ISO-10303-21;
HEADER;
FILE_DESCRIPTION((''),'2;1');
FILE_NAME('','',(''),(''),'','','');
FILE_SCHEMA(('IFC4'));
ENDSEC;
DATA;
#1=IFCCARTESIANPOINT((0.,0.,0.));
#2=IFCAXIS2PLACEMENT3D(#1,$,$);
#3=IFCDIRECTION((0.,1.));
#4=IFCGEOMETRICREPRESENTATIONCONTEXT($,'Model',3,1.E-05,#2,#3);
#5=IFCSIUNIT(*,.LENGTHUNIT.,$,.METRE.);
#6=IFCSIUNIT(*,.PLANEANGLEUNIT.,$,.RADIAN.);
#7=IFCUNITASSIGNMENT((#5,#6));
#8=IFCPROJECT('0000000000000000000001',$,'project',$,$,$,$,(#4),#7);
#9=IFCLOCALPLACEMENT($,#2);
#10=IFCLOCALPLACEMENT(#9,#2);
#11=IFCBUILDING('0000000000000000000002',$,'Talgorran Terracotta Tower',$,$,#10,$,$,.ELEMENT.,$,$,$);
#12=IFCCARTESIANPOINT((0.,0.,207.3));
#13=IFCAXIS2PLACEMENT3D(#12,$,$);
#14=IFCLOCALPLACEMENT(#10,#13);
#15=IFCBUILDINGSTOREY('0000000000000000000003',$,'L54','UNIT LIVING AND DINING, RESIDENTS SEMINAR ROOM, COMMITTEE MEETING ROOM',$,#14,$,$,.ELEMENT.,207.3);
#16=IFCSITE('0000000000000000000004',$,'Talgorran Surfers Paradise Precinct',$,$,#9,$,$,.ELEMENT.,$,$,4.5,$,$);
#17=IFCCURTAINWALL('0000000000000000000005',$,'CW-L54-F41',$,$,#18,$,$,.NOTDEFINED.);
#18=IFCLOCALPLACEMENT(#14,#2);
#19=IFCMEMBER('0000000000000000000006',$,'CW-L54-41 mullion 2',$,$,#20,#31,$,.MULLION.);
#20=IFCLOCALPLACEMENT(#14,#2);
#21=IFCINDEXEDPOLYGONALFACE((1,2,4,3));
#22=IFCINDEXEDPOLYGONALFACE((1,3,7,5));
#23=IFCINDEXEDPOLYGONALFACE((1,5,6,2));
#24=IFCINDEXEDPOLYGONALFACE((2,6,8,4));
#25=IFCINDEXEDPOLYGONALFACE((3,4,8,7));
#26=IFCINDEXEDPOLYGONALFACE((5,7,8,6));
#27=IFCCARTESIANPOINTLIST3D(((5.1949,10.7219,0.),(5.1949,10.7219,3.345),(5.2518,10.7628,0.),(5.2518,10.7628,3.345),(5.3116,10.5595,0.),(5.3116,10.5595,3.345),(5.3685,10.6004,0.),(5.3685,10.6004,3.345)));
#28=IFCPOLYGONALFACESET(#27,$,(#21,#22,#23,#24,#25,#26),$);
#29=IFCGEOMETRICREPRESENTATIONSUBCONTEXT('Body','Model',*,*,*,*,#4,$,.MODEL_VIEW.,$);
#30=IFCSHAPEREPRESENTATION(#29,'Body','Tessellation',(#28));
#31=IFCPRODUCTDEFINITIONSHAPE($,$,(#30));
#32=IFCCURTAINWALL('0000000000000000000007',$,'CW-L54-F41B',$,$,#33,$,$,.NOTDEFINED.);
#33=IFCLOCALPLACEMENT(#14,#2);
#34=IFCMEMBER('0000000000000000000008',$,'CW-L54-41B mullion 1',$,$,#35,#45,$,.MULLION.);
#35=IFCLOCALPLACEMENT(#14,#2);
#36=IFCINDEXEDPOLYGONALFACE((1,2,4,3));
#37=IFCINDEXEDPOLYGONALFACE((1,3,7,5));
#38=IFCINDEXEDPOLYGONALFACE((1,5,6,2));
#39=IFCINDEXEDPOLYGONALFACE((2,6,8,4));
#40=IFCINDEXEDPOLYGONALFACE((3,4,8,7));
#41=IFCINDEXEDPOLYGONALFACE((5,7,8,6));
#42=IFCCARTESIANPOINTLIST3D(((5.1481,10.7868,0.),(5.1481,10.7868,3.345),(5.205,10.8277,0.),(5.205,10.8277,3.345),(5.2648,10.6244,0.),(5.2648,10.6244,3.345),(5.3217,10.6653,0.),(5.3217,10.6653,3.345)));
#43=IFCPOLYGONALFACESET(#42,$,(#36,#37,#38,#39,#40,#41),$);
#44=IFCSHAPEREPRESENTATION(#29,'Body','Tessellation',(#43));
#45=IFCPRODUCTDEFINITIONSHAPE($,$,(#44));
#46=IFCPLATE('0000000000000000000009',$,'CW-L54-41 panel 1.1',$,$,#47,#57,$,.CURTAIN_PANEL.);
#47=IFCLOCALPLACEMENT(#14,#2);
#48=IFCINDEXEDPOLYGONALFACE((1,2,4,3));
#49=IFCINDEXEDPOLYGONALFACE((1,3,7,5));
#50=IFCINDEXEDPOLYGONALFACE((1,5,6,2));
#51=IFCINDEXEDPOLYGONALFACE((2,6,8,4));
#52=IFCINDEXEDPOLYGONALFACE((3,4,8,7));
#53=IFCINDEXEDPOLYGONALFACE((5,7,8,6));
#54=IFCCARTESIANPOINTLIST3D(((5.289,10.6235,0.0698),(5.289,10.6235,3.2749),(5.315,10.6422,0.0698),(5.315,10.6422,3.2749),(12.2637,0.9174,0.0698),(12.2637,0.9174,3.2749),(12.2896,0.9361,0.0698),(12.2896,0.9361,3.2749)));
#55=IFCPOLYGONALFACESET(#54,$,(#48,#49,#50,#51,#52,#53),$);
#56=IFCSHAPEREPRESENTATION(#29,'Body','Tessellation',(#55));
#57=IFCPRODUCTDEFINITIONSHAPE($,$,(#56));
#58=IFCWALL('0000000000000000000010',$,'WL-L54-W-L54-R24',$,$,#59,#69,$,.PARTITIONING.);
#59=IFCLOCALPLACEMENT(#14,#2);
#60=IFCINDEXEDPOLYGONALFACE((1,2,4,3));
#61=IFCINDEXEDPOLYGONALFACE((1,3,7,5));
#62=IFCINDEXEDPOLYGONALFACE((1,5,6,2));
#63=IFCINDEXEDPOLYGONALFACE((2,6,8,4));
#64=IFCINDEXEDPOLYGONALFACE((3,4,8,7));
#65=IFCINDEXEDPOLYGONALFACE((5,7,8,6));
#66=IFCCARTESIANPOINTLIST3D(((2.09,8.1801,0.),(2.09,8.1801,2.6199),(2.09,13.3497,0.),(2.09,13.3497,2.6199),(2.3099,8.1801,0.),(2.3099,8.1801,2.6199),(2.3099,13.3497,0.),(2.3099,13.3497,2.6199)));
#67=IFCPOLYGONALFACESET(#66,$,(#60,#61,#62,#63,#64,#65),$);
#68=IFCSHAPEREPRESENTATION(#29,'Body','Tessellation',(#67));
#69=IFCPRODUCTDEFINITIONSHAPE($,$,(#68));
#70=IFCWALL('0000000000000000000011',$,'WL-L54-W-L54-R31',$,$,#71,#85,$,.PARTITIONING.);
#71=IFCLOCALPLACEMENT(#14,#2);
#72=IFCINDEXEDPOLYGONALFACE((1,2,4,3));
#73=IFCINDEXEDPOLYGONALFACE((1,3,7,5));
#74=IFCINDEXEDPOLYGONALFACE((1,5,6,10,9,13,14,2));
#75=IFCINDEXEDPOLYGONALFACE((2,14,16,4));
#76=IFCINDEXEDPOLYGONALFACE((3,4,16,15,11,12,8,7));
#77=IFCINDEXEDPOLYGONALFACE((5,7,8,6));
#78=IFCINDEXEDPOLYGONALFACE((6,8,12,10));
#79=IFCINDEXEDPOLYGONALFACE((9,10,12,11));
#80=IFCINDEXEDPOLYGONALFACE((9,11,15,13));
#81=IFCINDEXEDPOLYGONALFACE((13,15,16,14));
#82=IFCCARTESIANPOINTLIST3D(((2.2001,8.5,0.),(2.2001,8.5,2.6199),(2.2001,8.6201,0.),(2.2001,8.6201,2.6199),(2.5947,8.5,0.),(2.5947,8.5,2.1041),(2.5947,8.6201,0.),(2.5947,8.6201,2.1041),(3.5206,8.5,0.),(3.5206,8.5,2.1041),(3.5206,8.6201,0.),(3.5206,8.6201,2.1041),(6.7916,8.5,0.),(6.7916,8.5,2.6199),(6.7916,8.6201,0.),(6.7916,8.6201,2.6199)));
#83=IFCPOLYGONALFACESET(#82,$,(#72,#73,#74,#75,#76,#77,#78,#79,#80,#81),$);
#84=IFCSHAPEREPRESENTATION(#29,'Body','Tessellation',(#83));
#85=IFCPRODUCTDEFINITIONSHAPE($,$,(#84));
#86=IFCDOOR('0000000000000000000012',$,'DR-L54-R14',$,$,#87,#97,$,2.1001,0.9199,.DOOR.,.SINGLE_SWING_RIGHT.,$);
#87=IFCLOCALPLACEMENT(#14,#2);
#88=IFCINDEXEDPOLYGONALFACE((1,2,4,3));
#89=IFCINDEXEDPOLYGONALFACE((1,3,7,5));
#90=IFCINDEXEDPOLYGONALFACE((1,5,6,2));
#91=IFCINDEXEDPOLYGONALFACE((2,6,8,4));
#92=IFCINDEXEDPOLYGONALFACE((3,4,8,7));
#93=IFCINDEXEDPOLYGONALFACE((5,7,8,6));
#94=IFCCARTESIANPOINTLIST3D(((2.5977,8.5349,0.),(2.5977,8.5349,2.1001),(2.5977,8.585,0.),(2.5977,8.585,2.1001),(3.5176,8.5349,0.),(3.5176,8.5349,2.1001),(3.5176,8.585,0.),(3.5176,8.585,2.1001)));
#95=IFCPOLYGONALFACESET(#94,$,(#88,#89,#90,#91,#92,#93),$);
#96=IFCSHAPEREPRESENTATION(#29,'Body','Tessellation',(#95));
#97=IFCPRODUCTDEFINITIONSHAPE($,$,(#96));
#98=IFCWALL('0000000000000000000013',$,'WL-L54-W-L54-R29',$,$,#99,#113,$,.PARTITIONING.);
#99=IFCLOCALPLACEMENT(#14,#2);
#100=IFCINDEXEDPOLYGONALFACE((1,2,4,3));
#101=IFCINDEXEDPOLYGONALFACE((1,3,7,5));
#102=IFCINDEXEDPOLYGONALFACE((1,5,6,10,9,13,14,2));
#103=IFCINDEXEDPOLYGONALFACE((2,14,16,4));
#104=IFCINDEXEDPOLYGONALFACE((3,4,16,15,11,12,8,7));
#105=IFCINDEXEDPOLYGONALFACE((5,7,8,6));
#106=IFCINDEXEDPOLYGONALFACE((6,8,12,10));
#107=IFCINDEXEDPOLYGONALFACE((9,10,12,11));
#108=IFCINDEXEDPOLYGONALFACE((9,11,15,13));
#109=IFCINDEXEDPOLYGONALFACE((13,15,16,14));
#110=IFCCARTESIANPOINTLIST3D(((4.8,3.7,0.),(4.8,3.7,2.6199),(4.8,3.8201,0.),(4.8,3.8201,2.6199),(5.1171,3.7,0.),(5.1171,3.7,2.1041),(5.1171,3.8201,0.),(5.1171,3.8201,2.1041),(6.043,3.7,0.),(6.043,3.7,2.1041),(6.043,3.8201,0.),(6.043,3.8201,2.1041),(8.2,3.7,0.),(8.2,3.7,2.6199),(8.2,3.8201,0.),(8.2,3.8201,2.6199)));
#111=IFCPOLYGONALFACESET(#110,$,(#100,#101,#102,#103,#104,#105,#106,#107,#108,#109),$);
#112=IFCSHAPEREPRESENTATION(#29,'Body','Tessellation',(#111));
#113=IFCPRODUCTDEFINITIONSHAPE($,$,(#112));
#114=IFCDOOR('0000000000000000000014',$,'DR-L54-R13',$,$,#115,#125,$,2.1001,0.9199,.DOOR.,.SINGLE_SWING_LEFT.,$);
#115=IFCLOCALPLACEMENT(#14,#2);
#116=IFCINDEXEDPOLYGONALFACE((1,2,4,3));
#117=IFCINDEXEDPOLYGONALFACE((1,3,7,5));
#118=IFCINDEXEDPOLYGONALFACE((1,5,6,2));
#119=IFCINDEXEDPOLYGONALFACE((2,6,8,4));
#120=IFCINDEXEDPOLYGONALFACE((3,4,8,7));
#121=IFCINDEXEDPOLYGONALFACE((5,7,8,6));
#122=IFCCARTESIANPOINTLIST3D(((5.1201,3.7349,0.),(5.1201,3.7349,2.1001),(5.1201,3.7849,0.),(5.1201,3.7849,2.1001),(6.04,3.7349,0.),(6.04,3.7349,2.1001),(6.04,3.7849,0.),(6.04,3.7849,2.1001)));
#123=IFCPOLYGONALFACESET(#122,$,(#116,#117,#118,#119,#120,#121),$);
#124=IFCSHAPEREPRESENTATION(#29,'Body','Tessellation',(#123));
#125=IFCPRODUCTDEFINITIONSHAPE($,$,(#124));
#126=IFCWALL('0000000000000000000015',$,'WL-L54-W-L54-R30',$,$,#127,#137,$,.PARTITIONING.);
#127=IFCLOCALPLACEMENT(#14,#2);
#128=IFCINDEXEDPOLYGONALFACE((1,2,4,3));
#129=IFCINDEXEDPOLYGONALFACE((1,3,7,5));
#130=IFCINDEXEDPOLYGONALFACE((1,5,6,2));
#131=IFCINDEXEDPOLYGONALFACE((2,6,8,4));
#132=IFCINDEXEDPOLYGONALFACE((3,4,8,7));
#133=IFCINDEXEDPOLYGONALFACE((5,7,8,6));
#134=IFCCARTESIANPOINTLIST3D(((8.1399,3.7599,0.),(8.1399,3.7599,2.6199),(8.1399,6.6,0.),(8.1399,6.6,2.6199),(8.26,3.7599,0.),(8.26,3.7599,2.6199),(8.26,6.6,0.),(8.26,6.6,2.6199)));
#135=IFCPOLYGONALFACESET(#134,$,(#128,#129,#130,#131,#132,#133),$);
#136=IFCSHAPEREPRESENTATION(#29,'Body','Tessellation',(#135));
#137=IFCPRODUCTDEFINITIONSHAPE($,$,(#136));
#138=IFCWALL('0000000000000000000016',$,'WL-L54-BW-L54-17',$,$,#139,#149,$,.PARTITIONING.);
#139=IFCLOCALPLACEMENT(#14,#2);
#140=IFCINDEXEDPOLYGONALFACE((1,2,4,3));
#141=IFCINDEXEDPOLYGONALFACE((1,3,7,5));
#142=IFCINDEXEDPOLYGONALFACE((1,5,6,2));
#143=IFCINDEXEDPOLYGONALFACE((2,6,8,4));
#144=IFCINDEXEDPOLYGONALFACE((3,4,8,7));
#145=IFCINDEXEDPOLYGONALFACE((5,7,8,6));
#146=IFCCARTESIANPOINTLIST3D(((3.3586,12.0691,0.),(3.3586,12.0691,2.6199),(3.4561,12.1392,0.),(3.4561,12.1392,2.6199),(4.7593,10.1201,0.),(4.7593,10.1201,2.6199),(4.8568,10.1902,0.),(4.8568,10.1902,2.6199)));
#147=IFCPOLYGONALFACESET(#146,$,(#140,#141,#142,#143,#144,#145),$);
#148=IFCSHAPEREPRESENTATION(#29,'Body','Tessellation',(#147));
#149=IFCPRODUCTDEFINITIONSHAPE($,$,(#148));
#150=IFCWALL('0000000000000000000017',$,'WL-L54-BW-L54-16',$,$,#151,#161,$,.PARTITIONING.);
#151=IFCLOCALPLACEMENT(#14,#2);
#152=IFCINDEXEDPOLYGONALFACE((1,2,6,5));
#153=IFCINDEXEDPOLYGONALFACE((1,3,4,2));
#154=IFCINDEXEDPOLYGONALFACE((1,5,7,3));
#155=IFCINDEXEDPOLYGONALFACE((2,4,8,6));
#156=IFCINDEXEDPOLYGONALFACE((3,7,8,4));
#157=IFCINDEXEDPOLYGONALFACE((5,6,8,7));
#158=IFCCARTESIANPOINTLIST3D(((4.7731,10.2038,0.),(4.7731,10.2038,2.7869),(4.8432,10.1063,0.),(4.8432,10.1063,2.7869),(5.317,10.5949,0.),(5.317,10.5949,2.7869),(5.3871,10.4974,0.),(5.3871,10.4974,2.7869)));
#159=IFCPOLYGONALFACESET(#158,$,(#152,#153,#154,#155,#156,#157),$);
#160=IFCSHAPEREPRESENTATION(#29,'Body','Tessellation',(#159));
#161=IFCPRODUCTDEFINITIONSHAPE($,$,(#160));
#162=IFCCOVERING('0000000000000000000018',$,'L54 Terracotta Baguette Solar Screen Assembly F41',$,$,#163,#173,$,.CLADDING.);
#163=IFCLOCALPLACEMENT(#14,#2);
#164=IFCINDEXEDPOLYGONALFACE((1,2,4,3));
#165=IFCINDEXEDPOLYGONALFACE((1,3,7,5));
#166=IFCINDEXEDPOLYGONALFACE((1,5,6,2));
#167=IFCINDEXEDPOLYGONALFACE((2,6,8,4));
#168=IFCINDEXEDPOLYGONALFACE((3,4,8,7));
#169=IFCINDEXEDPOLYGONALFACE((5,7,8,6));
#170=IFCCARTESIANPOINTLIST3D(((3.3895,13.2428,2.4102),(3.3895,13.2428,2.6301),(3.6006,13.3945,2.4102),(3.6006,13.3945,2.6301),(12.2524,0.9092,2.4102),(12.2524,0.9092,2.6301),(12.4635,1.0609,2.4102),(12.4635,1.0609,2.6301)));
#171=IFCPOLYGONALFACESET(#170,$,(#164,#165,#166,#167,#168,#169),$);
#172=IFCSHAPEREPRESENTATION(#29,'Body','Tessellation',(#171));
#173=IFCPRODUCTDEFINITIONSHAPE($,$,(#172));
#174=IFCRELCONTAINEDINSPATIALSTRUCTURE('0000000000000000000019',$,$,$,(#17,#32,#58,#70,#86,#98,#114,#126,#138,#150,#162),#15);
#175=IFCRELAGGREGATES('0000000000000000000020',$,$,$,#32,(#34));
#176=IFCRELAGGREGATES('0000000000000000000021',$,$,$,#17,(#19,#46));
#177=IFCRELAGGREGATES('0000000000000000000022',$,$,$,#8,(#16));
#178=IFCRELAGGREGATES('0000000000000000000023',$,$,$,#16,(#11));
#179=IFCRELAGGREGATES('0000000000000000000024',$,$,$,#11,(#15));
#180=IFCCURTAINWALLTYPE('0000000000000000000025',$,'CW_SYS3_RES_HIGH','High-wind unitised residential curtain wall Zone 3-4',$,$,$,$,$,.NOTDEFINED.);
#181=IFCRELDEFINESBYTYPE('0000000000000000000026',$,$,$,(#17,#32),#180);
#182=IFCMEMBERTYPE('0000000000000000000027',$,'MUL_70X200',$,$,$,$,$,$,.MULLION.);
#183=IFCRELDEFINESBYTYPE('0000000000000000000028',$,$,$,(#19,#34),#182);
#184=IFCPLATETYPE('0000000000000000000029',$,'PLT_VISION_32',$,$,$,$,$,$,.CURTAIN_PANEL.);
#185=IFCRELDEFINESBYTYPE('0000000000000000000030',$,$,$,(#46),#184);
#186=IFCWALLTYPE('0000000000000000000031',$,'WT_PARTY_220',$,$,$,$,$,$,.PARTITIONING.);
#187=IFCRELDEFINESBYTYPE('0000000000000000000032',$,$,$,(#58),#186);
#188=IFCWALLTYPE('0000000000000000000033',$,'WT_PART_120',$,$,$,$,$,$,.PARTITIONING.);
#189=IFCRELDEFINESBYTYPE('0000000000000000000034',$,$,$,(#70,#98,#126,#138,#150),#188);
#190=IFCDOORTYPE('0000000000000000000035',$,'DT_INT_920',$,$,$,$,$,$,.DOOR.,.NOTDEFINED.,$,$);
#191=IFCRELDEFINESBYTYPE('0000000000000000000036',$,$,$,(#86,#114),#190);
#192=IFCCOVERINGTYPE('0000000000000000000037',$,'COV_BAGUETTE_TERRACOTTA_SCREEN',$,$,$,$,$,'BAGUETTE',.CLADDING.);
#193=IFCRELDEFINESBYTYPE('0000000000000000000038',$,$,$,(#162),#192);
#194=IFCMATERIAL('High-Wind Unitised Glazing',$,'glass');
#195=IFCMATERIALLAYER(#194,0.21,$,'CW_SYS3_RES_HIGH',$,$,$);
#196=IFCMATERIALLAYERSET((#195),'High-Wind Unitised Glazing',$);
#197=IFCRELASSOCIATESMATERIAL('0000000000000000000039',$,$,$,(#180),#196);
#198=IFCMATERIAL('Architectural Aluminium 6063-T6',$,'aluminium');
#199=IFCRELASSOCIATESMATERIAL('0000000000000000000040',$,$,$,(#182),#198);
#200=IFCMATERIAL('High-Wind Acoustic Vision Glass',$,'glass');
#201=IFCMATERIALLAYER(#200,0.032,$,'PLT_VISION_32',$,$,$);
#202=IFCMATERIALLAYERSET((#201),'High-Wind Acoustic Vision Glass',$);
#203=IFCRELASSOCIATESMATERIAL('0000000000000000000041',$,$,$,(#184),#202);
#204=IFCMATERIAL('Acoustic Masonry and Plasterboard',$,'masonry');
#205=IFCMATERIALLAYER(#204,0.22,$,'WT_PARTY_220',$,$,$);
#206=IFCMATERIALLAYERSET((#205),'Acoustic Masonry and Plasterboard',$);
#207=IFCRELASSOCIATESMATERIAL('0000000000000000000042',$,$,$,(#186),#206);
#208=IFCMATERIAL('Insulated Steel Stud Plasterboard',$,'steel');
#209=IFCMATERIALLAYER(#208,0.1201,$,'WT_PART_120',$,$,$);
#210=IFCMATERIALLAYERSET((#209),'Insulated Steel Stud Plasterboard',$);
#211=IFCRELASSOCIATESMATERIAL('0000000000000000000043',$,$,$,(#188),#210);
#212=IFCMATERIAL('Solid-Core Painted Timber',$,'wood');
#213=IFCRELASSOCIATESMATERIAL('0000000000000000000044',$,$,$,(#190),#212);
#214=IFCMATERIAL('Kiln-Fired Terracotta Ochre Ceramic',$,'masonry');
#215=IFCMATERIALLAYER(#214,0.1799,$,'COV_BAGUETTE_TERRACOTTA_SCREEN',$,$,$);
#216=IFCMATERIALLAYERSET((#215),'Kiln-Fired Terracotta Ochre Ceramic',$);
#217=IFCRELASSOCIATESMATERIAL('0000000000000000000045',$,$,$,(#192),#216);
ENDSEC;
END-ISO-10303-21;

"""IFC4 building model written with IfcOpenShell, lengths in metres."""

from ifc_helpers import new_model, si_unit, direction, frame, frame_2d, origin, origin_2d, place, context, subcontext, project, spatial, rectangle, extrude, source, transform, mapped, material, layer, layer_set, material_profile, profile_set, type_object, type_shapes, element, fill, aggregate, save


model = new_model("IFC4")

# Units and contexts
model_context = context("Model", 3, precision=1e-05, world=origin(), true_north=direction((0.0, 1.0)))
body_context = subcontext(model_context, "Body", "Model", "MODEL_VIEW")
ifc_project = project(units=[si_unit("LENGTHUNIT", "METRE"), si_unit("PLANEANGLEUNIT", "RADIAN")], contexts=[model_context])

# Site, building, storey
site_placement = place(None, origin())
site = spatial("IfcSite", under=ifc_project, at=site_placement, Name="Talgorran Surfers Paradise Precinct", CompositionType="ELEMENT", RefElevation=4.5)
building_placement = place(site_placement, origin())
building = spatial("IfcBuilding", under=site, at=building_placement, Name="Talgorran Terracotta Tower", CompositionType="ELEMENT")
storey_placement = place(building_placement, frame((0.0, 0.0, 207.3)))
storey = spatial("IfcBuildingStorey", under=building, at=storey_placement, Name="L54", Description="UNIT LIVING AND DINING, RESIDENTS SEMINAR ROOM, COMMITTEE MEETING ROOM", CompositionType="ELEMENT", Elevation=207.3)

# Curtain walls, members
ifc_material_1 = material(Name="High-Wind Unitised Glazing", Category="glass")
ifc_layer_1 = layer(ifc_material_1, 0.21, Name="CW_SYS3_RES_HIGH")
ifc_layer_set_1 = layer_set([ifc_layer_1], Name="High-Wind Unitised Glazing")
curtain_wall_type = type_object("IfcCurtainWallType", Name="CW_SYS3_RES_HIGH", Description="High-wind unitised residential curtain wall Zone 3-4", PredefinedType="NOTDEFINED", material=ifc_layer_set_1)
curtain_wall_1_placement = place(storey_placement, origin())
curtain_wall_1 = element("IfcCurtainWall", 1, at=curtain_wall_1_placement, inside=storey, type_object=curtain_wall_type, Name="CW-L54-F41", PredefinedType="NOTDEFINED")
ifc_material_2 = material(Name="Architectural Aluminium 6063-T6", Category="aluminium")
ifc_material_profile_1 = material_profile(ifc_material_2, rectangle(XDim=0.0701, YDim=0.2, at=origin_2d()), Name="CWM70X200")
ifc_profile_set_1 = profile_set([ifc_material_profile_1], Name="Architectural Aluminium 6063-T6")
member_type = type_object("IfcMemberType", Name="MUL_70X200", PredefinedType="MULLION", material=ifc_profile_set_1)
member_1_placement = place(storey_placement, frame((5.2817, 10.6611, 0.0), z_axis=(0.0, 0.0, 1.0), x_axis=(-0.812077, -0.58355, 0.0)))
member_1 = element("IfcMember", 2, at=member_1_placement, type_object=member_type, Name="CW-L54-41 mullion 2", PredefinedType="MULLION", context=body_context, shape_type="SweptSolid", body=[
    extrude(rectangle(XDim=0.0701, YDim=0.2, at=origin_2d()), origin(), (0.0, 0.0, 1.0), 3.345),
])
curtain_wall_2_placement = place(storey_placement, origin())
curtain_wall_2 = element("IfcCurtainWall", 3, at=curtain_wall_2_placement, inside=storey, type_object=curtain_wall_type, Name="CW-L54-F41B", PredefinedType="NOTDEFINED")
member_2_placement = place(storey_placement, frame((5.2349, 10.7261, 0.0), z_axis=(0.0, 0.0, 1.0), x_axis=(-0.81208, -0.583546, 0.0)))
member_2 = element("IfcMember", 4, at=member_2_placement, type_object=member_type, Name="CW-L54-41B mullion 1", PredefinedType="MULLION", context=body_context, shape_type="SweptSolid", body=[
    extrude(rectangle(XDim=0.0701, YDim=0.2, at=origin_2d()), origin(), (0.0, 0.0, 1.0), 3.345),
])
aggregate(curtain_wall_2, [member_2])

# Plate
ifc_material_3 = material(Name="High-Wind Acoustic Vision Glass", Category="glass")
ifc_layer_2 = layer(ifc_material_3, 0.032, Name="PLT_VISION_32")
ifc_layer_set_2 = layer_set([ifc_layer_2], Name="High-Wind Acoustic Vision Glass")
plate_type = type_object("IfcPlateType", Name="PLT_VISION_32", PredefinedType="CURTAIN_PANEL", material=ifc_layer_set_2)
shared_shape = source(origin(), body_context, "Body", "SweptSolid", [
    extrude(rectangle(XDim=11.9521, YDim=0.032, at=origin_2d()), origin(), (0.0, 0.0, 1.0), 3.2051),
])
type_shapes(plate_type, [shared_shape])
plate_placement = place(storey_placement, frame((8.7893, 5.7798, 0.0698), z_axis=(0.0, 0.0, 1.0), x_axis=(-0.58355, 0.812077, 0.0)))
plate = element("IfcPlate", 5, at=plate_placement, type_object=plate_type, Name="CW-L54-41 panel 1.1", PredefinedType="CURTAIN_PANEL", context=body_context, shape_type="MappedRepresentation", body=[
    mapped(shared_shape, transform((0.0, 0.0, 0.0), scale=1.0)),
])
aggregate(curtain_wall_1, [member_1, plate])

# Wall
ifc_material_4 = material(Name="Acoustic Masonry and Plasterboard", Category="masonry")
ifc_layer_3 = layer(ifc_material_4, 0.22, Name="WT_PARTY_220")
ifc_layer_set_3 = layer_set([ifc_layer_3], Name="Acoustic Masonry and Plasterboard")
wall_type_1 = type_object("IfcWallType", Name="WT_PARTY_220", PredefinedType="PARTITIONING", material=ifc_layer_set_3)
wall_1_placement = place(storey_placement, frame((2.2, 8.1799, 0.0), z_axis=(0.0, 0.0, 1.0), x_axis=(0.0, 1.0, 0.0)))
element("IfcWall", 6, at=wall_1_placement, inside=storey, type_object=wall_type_1, Name="WL-L54-W-L54-R24", PredefinedType="PARTITIONING", context=body_context, shape_type="SweptSolid", body=[
    extrude(rectangle(XDim=5.1697, YDim=0.22, at=frame_2d((2.585, 0.0))), origin(), (0.0, 0.0, 1.0), 2.6199),
])

# Walls, openings, doors
ifc_material_5 = material(Name="Insulated Steel Stud Plasterboard", Category="steel")
ifc_layer_4 = layer(ifc_material_5, 0.1201, Name="WT_PART_120")
ifc_layer_set_4 = layer_set([ifc_layer_4], Name="Insulated Steel Stud Plasterboard")
wall_type_2 = type_object("IfcWallType", Name="WT_PART_120", PredefinedType="PARTITIONING", material=ifc_layer_set_4)
wall_2_placement = place(storey_placement, frame((2.2, 8.5601, 0.0), z_axis=(0.0, 0.0, 1.0), x_axis=(1.0, 0.0, 0.0)))
wall_2 = element("IfcWall", 7, at=wall_2_placement, inside=storey, type_object=wall_type_2, Name="WL-L54-W-L54-R31", PredefinedType="PARTITIONING", context=body_context, shape_type="SweptSolid", body=[
    extrude(rectangle(XDim=4.5916, YDim=0.1201, at=frame_2d((2.2959, 0.0))), origin(), (0.0, 0.0, 1.0), 2.6199),
])
opening_1_placement = place(wall_2_placement, frame((0.3977, 0.0, 0.0)))
opening_1 = element("IfcOpeningElement", 8, at=opening_1_placement, cuts=wall_2, PredefinedType="OPENING", context=body_context, shape_type="SweptSolid", body=[
    extrude(rectangle(XDim=0.9259, YDim=2.1041, at=frame_2d((0.46, 1.052))), frame((0.0, 0.0701, 0.0), z_axis=(0.0, -1.0, 0.0), x_axis=(1.0, 0.0, 0.0)), (0.0, 0.0, 1.0), 0.1401),
])
ifc_material_6 = material(Name="Solid-Core Painted Timber", Category="wood")
door_type = type_object("IfcDoorType", Name="DT_INT_920", OperationType="NOTDEFINED", PredefinedType="DOOR", material=ifc_material_6)
door_1_placement = place(opening_1_placement, origin())
door_1 = element("IfcDoor", 9, at=door_1_placement, inside=storey, type_object=door_type, Name="DR-L54-R14", OperationType="SINGLE_SWING_RIGHT", OverallHeight=2.1001, OverallWidth=0.9199, PredefinedType="DOOR", context=body_context, shape_type="SweptSolid", body=[
    extrude(rectangle(XDim=0.9199, YDim=2.1001, at=frame_2d((0.46, 1.05))), frame((0.0, 0.0249, 0.0), z_axis=(0.0, -1.0, 0.0), x_axis=(1.0, 0.0, 0.0)), (0.0, 0.0, 1.0), 0.05),
])
fill(opening_1, door_1)
wall_3_placement = place(storey_placement, frame((4.8, 3.76, 0.0), z_axis=(0.0, 0.0, 1.0), x_axis=(1.0, 0.0, 0.0)))
wall_3 = element("IfcWall", 10, at=wall_3_placement, inside=storey, type_object=wall_type_2, Name="WL-L54-W-L54-R29", PredefinedType="PARTITIONING", context=body_context, shape_type="SweptSolid", body=[
    extrude(rectangle(XDim=3.3999, YDim=0.1201, at=frame_2d((1.7, 0.0))), origin(), (0.0, 0.0, 1.0), 2.6199),
])
opening_2_placement = place(wall_3_placement, frame((0.3201, 0.0, 0.0)))
opening_2 = element("IfcOpeningElement", 11, at=opening_2_placement, cuts=wall_3, PredefinedType="OPENING", context=body_context, shape_type="SweptSolid", body=[
    extrude(rectangle(XDim=0.9259, YDim=2.1041, at=frame_2d((0.46, 1.052))), frame((0.0, 0.0701, 0.0), z_axis=(0.0, -1.0, 0.0), x_axis=(1.0, 0.0, 0.0)), (0.0, 0.0, 1.0), 0.1401),
])
door_2_placement = place(opening_2_placement, origin())
door_2 = element("IfcDoor", 12, at=door_2_placement, inside=storey, type_object=door_type, Name="DR-L54-R13", OperationType="SINGLE_SWING_LEFT", OverallHeight=2.1001, OverallWidth=0.9199, PredefinedType="DOOR", context=body_context, shape_type="SweptSolid", body=[
    extrude(rectangle(XDim=0.9199, YDim=2.1001, at=frame_2d((0.46, 1.05))), frame((0.0, 0.0249, 0.0), z_axis=(0.0, -1.0, 0.0), x_axis=(1.0, 0.0, 0.0)), (0.0, 0.0, 1.0), 0.05),
])
fill(opening_2, door_2)

# Walls
wall_4_placement = place(storey_placement, frame((8.2, 3.76, 0.0), z_axis=(0.0, 0.0, 1.0), x_axis=(0.0, 1.0, 0.0)))
element("IfcWall", 13, at=wall_4_placement, inside=storey, type_object=wall_type_2, Name="WL-L54-W-L54-R30", PredefinedType="PARTITIONING", context=body_context, shape_type="SweptSolid", body=[
    extrude(rectangle(XDim=2.8401, YDim=0.1201, at=frame_2d((1.4199, 0.0))), origin(), (0.0, 0.0, 1.0), 2.6199),
])
wall_5_placement = place(storey_placement, frame((4.8081, 10.155, 0.0), z_axis=(0.0, 0.0, 1.0), x_axis=(-0.583584, 0.812053, 0.0)))
element("IfcWall", 14, at=wall_5_placement, inside=storey, type_object=wall_type_2, Name="WL-L54-BW-L54-17", PredefinedType="PARTITIONING", context=body_context, shape_type="SweptSolid", body=[
    extrude(rectangle(XDim=2.4001, YDim=0.1201, at=frame_2d((1.2002, 0.0))), origin(), (0.0, 0.0, 1.0), 2.6199),
])
wall_6_placement = place(storey_placement, frame((5.3521, 10.5461, 0.0), z_axis=(0.0, 0.0, 1.0), x_axis=(-0.811907, -0.583786, 0.0)))
element("IfcWall", 15, at=wall_6_placement, inside=storey, type_object=wall_type_2, Name="WL-L54-BW-L54-16", PredefinedType="PARTITIONING", context=body_context, shape_type="SweptSolid", body=[
    extrude(rectangle(XDim=0.6699, YDim=0.1201, at=frame_2d((0.335, 0.0))), origin(), (0.0, 0.0, 1.0), 2.7869),
])

# Covering
ifc_material_7 = material(Name="Kiln-Fired Terracotta Ochre Ceramic", Category="masonry")
ifc_layer_5 = layer(ifc_material_7, 0.1799, Name="COV_BAGUETTE_TERRACOTTA_SCREEN")
ifc_layer_set_5 = layer_set([ifc_layer_5], Name="Kiln-Fired Terracotta Ochre Ceramic")
covering_type_1 = type_object("IfcCoveringType", Name="COV_BAGUETTE_TERRACOTTA_SCREEN", ElementType="BAGUETTE", PredefinedType="CLADDING", material=ifc_layer_set_5)
covering_1_placement = place(storey_placement, frame((7.9265, 7.1519, 2.4102), z_axis=(0.0, 0.0, 1.0), x_axis=(-0.583555, 0.812073, 0.0)))
element("IfcCovering", 16, at=covering_1_placement, inside=storey, type_object=covering_type_1, Name="L54 Terracotta Baguette Solar Screen Assembly F41", PredefinedType="CLADDING", context=body_context, shape_type="SweptSolid", body=[
    extrude(rectangle(XDim=15.1877, YDim=0.26, at=origin_2d()), origin(), (0.0, 0.0, 1.0), 0.22),
])

save(model, "model.ifc")
